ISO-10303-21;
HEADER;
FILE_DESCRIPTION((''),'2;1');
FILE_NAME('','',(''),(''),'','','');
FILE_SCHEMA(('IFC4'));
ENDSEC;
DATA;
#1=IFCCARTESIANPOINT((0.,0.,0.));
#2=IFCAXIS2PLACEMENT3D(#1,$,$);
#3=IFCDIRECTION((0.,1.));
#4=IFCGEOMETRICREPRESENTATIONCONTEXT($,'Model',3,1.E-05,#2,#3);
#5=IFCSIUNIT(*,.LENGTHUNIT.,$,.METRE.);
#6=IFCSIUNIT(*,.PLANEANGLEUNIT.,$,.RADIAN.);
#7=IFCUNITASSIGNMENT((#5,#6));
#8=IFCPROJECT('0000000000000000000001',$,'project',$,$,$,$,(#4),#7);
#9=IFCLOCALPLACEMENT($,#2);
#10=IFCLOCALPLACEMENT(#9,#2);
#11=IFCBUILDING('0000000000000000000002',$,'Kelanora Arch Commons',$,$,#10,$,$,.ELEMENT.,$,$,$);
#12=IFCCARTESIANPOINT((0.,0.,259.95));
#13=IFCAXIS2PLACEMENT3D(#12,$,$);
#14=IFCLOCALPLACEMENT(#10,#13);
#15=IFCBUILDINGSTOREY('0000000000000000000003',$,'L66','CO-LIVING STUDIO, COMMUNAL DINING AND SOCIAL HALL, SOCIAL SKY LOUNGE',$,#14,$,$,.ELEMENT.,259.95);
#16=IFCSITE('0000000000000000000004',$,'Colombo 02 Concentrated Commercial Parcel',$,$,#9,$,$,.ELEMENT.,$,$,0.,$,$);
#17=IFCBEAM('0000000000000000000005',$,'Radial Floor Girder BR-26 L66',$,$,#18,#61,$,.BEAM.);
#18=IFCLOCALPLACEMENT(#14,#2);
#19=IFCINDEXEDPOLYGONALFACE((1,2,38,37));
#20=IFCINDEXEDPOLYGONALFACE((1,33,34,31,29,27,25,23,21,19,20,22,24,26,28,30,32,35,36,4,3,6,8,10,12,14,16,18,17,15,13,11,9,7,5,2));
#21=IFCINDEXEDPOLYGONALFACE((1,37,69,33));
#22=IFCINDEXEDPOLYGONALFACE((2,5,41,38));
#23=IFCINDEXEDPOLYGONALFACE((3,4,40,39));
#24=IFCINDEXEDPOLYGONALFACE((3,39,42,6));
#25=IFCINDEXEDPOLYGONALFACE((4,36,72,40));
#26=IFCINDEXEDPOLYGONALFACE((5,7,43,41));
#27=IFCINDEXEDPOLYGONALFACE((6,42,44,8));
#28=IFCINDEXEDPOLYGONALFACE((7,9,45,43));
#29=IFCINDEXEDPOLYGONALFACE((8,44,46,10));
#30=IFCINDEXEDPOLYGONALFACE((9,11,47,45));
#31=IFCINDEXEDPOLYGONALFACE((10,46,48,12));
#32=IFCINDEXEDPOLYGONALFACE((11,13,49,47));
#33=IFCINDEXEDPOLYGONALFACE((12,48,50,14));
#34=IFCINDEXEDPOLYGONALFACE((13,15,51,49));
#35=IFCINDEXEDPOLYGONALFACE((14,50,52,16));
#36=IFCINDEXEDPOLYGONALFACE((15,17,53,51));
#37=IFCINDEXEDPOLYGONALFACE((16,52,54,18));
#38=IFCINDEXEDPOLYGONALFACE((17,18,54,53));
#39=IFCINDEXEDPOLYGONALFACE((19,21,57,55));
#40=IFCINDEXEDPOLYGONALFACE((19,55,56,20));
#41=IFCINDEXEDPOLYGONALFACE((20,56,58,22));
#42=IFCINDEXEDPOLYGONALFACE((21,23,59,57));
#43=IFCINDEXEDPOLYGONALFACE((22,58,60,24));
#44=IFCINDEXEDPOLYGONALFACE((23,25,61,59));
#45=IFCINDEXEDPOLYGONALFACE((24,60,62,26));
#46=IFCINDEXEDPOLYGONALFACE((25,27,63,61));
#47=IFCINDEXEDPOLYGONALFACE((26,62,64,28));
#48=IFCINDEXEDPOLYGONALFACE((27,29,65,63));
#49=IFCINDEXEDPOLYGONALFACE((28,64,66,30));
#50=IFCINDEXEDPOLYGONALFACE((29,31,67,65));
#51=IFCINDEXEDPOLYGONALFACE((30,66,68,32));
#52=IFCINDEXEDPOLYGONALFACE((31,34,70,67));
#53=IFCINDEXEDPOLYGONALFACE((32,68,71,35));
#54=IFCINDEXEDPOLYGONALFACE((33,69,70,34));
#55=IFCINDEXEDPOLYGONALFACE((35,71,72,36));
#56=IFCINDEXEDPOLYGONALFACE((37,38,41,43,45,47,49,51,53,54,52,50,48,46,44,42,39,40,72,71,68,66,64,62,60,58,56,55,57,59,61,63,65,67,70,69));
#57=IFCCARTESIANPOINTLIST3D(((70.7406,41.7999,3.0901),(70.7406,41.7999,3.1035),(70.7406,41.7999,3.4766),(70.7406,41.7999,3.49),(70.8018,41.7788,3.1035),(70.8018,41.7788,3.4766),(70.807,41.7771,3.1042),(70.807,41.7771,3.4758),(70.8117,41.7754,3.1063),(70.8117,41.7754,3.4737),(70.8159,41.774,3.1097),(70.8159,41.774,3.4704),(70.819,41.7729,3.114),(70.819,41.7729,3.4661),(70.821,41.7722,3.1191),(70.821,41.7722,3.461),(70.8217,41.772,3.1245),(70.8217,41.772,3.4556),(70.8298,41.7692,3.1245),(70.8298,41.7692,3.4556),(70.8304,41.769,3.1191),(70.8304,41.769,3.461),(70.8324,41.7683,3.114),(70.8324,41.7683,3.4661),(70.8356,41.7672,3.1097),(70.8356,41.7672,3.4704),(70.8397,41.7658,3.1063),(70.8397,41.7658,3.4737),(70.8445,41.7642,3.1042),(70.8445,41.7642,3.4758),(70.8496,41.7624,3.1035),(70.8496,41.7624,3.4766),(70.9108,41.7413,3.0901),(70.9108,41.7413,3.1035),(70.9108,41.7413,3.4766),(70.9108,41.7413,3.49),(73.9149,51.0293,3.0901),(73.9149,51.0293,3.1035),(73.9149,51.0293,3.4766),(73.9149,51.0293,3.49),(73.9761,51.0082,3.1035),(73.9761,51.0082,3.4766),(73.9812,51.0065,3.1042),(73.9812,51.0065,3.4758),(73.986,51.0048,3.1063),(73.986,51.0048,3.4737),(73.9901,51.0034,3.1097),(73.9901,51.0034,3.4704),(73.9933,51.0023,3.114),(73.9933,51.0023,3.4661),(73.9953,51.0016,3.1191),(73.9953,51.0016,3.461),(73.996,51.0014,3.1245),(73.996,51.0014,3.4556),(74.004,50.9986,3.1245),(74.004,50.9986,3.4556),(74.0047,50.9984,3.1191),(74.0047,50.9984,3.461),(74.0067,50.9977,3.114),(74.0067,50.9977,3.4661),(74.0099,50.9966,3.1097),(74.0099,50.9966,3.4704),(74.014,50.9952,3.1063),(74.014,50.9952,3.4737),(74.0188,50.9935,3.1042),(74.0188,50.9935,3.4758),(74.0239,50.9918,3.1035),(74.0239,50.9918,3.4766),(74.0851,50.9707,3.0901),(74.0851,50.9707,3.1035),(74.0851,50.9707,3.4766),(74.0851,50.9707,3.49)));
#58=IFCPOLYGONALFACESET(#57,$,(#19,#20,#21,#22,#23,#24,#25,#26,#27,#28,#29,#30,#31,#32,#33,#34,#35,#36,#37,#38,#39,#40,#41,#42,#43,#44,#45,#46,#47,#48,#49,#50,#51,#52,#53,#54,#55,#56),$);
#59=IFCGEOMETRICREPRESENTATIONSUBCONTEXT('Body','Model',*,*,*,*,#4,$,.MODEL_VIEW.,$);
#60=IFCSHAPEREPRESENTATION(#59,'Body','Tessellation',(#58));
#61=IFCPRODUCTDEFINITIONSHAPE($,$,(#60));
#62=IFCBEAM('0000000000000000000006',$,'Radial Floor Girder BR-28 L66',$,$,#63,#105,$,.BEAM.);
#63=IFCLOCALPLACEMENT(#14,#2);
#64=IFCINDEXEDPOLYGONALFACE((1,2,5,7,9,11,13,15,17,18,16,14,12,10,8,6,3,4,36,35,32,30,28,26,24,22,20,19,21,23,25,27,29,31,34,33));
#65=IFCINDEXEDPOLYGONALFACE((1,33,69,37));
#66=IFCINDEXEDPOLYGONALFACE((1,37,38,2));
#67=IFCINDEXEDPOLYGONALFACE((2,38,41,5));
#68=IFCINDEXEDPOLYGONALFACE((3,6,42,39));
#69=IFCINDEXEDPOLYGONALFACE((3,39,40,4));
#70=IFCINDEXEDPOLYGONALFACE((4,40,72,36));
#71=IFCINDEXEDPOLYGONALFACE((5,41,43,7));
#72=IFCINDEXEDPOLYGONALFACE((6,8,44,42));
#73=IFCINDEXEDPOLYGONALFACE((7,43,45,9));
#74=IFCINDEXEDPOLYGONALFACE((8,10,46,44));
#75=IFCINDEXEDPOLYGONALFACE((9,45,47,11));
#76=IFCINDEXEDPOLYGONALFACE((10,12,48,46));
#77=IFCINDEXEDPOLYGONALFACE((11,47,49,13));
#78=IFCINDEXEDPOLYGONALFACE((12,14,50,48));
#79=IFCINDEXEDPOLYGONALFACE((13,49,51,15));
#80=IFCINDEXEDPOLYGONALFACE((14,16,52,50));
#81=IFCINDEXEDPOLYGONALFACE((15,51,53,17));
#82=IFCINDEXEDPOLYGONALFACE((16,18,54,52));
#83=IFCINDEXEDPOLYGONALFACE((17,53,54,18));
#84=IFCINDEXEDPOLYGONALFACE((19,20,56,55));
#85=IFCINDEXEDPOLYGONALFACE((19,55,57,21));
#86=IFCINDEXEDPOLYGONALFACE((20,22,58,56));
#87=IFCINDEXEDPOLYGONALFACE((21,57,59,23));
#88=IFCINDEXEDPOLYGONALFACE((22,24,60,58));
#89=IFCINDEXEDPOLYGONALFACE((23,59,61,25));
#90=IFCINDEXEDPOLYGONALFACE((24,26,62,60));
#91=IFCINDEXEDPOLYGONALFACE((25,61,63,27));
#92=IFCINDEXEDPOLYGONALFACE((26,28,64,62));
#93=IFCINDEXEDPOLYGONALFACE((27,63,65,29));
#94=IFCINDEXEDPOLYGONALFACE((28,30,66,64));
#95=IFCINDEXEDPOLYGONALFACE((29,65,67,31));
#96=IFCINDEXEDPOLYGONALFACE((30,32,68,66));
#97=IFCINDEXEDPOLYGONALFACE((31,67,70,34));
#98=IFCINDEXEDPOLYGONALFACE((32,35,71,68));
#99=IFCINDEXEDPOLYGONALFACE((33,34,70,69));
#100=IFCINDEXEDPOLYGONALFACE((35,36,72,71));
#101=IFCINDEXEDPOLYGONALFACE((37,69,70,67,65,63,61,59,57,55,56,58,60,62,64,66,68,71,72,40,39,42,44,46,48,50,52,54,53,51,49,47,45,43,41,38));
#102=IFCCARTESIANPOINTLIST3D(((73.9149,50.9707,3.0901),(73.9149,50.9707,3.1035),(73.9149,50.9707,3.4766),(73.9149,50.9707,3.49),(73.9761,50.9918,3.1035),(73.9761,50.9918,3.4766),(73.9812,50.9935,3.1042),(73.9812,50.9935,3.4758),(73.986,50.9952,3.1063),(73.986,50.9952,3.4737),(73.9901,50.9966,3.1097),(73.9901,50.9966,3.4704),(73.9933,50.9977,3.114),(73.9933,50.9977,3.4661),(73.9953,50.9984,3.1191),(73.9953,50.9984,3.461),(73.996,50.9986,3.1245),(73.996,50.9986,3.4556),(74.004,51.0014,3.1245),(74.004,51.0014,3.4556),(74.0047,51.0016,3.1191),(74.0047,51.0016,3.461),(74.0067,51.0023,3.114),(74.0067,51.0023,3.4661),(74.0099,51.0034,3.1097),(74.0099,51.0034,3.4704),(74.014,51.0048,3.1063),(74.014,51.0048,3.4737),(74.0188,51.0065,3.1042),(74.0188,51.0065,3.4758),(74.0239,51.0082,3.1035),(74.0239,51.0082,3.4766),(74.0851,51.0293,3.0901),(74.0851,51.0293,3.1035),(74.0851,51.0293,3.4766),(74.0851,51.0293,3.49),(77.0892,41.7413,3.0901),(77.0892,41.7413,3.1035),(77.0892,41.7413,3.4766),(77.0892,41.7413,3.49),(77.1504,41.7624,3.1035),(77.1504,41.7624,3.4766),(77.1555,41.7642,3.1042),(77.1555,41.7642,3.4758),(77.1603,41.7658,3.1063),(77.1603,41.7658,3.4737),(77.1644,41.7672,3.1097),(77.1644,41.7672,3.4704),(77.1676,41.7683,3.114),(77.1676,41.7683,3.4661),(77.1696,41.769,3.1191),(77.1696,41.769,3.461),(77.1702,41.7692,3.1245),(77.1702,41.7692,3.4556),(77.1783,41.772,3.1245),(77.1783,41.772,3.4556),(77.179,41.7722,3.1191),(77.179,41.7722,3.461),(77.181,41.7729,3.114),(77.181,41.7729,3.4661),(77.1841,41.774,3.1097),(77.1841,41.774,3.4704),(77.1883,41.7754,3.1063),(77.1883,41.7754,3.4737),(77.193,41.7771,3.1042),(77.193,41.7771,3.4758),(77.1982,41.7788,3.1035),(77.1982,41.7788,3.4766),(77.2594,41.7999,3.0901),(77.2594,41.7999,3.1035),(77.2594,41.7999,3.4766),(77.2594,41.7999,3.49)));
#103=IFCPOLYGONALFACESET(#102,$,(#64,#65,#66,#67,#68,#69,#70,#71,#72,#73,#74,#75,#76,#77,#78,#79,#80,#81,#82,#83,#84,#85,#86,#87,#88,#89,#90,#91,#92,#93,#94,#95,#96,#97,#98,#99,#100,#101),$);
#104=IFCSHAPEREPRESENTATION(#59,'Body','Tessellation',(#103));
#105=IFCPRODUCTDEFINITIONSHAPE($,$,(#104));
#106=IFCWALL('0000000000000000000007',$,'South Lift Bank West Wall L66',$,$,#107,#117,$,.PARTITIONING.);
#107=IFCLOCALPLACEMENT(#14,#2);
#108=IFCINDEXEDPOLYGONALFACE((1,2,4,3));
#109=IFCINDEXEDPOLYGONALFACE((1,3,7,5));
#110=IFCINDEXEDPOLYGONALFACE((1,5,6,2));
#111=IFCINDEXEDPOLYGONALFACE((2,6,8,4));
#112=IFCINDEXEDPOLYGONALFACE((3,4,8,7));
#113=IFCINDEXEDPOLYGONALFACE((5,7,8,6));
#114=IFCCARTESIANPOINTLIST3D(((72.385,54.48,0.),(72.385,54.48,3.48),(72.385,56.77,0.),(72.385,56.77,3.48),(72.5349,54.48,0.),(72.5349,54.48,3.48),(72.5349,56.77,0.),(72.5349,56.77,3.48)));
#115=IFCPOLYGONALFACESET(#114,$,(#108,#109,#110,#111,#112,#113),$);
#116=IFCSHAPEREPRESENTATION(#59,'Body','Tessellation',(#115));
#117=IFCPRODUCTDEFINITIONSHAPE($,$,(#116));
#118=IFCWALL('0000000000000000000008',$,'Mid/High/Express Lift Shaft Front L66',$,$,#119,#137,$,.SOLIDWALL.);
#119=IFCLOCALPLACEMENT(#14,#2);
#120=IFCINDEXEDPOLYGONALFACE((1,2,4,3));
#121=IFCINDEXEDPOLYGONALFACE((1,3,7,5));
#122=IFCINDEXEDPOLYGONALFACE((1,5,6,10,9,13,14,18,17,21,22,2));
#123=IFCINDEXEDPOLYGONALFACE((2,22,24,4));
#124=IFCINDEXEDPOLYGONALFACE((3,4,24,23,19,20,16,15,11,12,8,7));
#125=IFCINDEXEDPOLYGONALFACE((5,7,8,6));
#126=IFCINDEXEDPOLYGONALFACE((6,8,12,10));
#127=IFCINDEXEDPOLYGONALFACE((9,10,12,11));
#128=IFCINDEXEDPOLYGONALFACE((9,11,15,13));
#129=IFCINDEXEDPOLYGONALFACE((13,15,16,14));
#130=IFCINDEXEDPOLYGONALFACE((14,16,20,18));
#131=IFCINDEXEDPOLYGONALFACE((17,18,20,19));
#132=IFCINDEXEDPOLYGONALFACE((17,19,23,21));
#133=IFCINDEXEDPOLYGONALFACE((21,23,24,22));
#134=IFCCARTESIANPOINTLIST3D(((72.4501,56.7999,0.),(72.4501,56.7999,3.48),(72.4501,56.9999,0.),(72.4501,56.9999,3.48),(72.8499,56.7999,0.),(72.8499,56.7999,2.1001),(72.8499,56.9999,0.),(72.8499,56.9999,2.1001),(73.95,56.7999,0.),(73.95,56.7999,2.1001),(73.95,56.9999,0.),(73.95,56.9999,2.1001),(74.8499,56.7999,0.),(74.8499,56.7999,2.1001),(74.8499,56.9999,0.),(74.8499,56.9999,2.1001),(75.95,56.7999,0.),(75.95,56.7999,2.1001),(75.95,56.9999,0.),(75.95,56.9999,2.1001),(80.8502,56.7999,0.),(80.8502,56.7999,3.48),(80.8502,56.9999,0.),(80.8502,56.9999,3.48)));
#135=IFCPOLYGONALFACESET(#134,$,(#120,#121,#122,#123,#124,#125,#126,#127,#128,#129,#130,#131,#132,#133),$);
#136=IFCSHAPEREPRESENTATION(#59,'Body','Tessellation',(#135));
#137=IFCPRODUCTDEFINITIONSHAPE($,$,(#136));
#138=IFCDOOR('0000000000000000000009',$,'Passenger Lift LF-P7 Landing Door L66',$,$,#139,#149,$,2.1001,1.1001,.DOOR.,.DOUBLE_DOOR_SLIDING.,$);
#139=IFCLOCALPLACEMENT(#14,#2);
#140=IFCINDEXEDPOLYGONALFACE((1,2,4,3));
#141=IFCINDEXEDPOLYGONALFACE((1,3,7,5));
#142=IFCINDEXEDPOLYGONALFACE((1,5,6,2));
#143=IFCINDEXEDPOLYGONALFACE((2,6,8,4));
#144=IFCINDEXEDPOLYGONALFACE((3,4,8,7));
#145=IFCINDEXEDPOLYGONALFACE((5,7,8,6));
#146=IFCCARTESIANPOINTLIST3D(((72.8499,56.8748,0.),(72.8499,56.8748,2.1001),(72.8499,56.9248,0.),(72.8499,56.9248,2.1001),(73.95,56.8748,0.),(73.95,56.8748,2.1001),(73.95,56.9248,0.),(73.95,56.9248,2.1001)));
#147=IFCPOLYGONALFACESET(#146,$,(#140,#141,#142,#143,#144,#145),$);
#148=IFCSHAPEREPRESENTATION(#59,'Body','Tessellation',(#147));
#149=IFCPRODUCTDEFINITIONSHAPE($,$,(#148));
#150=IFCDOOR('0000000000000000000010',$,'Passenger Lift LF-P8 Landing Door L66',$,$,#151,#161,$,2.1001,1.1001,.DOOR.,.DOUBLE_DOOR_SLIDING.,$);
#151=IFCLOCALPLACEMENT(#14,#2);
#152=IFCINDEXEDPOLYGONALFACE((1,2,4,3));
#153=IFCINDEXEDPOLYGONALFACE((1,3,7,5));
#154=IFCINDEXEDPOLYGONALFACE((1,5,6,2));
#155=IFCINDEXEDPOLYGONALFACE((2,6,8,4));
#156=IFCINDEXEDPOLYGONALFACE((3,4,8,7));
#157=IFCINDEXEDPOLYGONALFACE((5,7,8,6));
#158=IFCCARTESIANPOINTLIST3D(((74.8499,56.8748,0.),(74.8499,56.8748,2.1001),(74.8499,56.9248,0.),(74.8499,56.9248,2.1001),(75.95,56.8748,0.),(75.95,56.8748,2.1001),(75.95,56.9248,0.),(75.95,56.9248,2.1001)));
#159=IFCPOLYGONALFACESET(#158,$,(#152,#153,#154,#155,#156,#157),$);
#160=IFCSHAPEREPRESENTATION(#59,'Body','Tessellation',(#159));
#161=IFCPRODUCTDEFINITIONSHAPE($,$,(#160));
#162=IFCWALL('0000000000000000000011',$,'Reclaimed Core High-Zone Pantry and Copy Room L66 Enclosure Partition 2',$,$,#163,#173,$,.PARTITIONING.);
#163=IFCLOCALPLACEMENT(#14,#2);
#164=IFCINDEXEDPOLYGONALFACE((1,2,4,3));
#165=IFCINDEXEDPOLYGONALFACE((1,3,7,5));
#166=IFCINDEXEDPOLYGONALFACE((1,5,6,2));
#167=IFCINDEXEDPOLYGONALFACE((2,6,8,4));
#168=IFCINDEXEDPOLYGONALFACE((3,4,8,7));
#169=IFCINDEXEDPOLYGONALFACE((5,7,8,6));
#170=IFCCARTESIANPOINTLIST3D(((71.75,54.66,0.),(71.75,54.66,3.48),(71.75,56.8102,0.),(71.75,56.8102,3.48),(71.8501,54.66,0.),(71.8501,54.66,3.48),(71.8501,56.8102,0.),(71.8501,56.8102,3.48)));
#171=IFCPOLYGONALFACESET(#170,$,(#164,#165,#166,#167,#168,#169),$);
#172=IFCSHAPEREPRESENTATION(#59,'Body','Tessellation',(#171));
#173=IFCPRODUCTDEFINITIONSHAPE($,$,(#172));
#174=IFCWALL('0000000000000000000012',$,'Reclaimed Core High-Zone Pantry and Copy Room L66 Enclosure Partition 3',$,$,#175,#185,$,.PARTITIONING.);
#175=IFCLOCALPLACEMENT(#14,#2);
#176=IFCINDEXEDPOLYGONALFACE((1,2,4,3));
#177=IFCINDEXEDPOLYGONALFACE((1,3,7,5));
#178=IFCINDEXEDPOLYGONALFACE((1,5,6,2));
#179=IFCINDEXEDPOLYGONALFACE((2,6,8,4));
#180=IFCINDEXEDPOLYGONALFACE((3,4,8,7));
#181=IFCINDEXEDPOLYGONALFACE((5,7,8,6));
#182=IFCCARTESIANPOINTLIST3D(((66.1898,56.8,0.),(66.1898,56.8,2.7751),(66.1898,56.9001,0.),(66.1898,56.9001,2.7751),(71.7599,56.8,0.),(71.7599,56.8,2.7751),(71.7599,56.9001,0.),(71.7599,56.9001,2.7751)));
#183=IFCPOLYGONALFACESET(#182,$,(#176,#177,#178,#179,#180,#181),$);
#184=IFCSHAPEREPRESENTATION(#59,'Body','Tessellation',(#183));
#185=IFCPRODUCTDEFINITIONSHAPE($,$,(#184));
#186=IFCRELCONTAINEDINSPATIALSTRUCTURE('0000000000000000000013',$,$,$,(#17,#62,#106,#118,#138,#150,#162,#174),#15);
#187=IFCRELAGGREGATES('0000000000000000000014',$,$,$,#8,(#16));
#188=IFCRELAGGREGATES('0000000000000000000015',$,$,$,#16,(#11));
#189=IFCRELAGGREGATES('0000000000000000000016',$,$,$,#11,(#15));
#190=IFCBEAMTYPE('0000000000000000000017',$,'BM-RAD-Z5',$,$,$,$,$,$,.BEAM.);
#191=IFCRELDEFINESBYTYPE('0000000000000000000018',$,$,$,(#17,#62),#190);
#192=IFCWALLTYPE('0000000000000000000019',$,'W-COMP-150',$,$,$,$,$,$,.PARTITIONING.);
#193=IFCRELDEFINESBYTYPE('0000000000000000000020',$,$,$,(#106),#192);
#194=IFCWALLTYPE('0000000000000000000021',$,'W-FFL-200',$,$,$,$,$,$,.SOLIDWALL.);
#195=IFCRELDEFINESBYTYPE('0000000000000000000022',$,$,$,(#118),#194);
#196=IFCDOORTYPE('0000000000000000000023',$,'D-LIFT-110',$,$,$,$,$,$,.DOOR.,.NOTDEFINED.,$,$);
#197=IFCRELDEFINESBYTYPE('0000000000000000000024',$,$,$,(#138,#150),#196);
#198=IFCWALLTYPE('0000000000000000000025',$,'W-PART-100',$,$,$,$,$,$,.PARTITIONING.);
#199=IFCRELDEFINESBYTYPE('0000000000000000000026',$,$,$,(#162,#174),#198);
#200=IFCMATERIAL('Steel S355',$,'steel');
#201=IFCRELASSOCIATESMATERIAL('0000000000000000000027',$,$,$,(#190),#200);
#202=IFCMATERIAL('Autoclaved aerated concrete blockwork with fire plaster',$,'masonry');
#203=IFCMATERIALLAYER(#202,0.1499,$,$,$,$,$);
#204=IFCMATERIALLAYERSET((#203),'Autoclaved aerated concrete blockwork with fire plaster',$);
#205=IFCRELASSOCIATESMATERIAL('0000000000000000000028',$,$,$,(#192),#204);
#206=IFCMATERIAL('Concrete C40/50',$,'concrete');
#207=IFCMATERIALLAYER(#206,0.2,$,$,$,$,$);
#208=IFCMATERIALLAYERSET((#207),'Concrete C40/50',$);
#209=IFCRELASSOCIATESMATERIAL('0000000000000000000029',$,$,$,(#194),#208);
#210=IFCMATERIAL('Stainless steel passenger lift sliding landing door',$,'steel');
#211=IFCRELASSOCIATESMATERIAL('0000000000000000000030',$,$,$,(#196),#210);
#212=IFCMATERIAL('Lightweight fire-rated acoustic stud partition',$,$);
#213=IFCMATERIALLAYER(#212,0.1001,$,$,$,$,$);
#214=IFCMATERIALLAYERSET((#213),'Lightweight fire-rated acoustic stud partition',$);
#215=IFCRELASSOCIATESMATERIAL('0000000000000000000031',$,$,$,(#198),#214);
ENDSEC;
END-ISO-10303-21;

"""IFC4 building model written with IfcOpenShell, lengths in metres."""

from ifc_helpers import new_model, si_unit, direction, frame, frame_2d, origin, origin_2d, place, context, subcontext, project, spatial, rectangle, i_section, extrude, material, layer, layer_set, material_profile, profile_set, type_object, element, fill, save


model = new_model("IFC4")

# Units and contexts
model_context = context("Model", 3, precision=1e-05, world=origin(), true_north=direction((0.0, 1.0)))
body_context = subcontext(model_context, "Body", "Model", "MODEL_VIEW")
ifc_project = project(units=[si_unit("LENGTHUNIT", "METRE"), si_unit("PLANEANGLEUNIT", "RADIAN")], contexts=[model_context])

# Site, building, storey
site_placement = place(None, origin())
site = spatial("IfcSite", under=ifc_project, at=site_placement, Name="Colombo 02 Concentrated Commercial Parcel", CompositionType="ELEMENT", RefElevation=0.0)
building_placement = place(site_placement, origin())
building = spatial("IfcBuilding", under=site, at=building_placement, Name="Kelanora Arch Commons", CompositionType="ELEMENT")
storey_placement = place(building_placement, frame((0.0, 0.0, 259.95)))
storey = spatial("IfcBuildingStorey", under=building, at=storey_placement, Name="L66", Description="CO-LIVING STUDIO, COMMUNAL DINING AND SOCIAL HALL, SOCIAL SKY LOUNGE", CompositionType="ELEMENT", Elevation=259.95)

# Beams
ifc_material_1 = material(Name="Steel S355", Category="steel")
ifc_material_profile_1 = material_profile(ifc_material_1, i_section(OverallWidth=0.1799, OverallDepth=0.3999, WebThickness=0.0085, FlangeThickness=0.0134, FilletRadius=0.021, at=origin_2d()), Name="IPE400")
ifc_profile_set_1 = profile_set([ifc_material_profile_1], Name="Steel S355")
beam_type_1 = type_object("IfcBeamType", Name="BM-RAD-Z5", PredefinedType="BEAM", material=ifc_profile_set_1)
for number, where, z_axis, x_axis, name in (
    (1, (74.0, 51.0, 3.29), (-0.325234, -0.945634, 0.0), (0.945634, -0.325234, 0.0), "Radial Floor Girder BR-26 L66"),
    (2, (74.0, 51.0, 3.29), (0.325234, -0.945634, 0.0), (0.945634, 0.325234, 0.0), "Radial Floor Girder BR-28 L66"),
):
    element("IfcBeam", number, at=place(storey_placement, frame(where, z_axis=z_axis, x_axis=x_axis)), inside=storey, type_object=beam_type_1, Name=name, PredefinedType="BEAM", context=body_context, shape_type="SweptSolid", body=[
        extrude(i_section(OverallWidth=0.1799, OverallDepth=0.3999, WebThickness=0.0085, FlangeThickness=0.0134, FilletRadius=0.021, at=origin_2d()), origin(), (0.0, 0.0, 1.0), 9.76),
    ])

# Wall
ifc_material_2 = material(Name="Autoclaved aerated concrete blockwork with fire plaster", Category="masonry")
ifc_layer_1 = layer(ifc_material_2, 0.1499)
ifc_layer_set_1 = layer_set([ifc_layer_1], Name="Autoclaved aerated concrete blockwork with fire plaster")
wall_type_1 = type_object("IfcWallType", Name="W-COMP-150", PredefinedType="PARTITIONING", material=ifc_layer_set_1)
wall_1_placement = place(storey_placement, frame((72.46, 54.48, 0.0), z_axis=(0.0, 0.0, 1.0), x_axis=(0.0, 1.0, 0.0)))
element("IfcWall", 3, at=wall_1_placement, inside=storey, type_object=wall_type_1, Name="South Lift Bank West Wall L66", PredefinedType="PARTITIONING", context=body_context, shape_type="SweptSolid", body=[
    extrude(rectangle(XDim=2.29, YDim=0.1499, at=frame_2d((1.145, 0.0))), origin(), (0.0, 0.0, 1.0), 3.48),
])

# Wall, openings, doors
ifc_material_3 = material(Name="Concrete C40/50", Category="concrete")
ifc_layer_2 = layer(ifc_material_3, 0.2)
ifc_layer_set_2 = layer_set([ifc_layer_2], Name="Concrete C40/50")
wall_type_2 = type_object("IfcWallType", Name="W-FFL-200", PredefinedType="SOLIDWALL", material=ifc_layer_set_2)
wall_2_placement = place(storey_placement, frame((72.45, 56.8999, 0.0), z_axis=(0.0, 0.0, 1.0), x_axis=(1.0, 0.0, 0.0)))
wall_2 = element("IfcWall", 4, at=wall_2_placement, inside=storey, type_object=wall_type_2, Name="Mid/High/Express Lift Shaft Front L66", PredefinedType="SOLIDWALL", context=body_context, shape_type="SweptSolid", body=[
    extrude(rectangle(XDim=8.4001, YDim=0.2, at=frame_2d((4.2002, 0.0))), origin(), (0.0, 0.0, 1.0), 3.48),
])
opening_1_placement = place(wall_2_placement, frame((0.3999, 0.0, 0.0)))
opening_1 = element("IfcOpeningElement", 5, at=opening_1_placement, cuts=wall_2, PredefinedType="OPENING", context=body_context, shape_type="SweptSolid", body=[
    extrude(rectangle(XDim=1.1001, YDim=2.1001, at=frame_2d((0.55, 1.05))), frame((0.0, 0.1099, 0.0), z_axis=(0.0, -1.0, 0.0), x_axis=(1.0, 0.0, 0.0)), (0.0, 0.0, 1.0), 0.22),
])
opening_2_placement = place(wall_2_placement, frame((2.3999, 0.0, 0.0)))
opening_2 = element("IfcOpeningElement", 6, at=opening_2_placement, cuts=wall_2, PredefinedType="OPENING", context=body_context, shape_type="SweptSolid", body=[
    extrude(rectangle(XDim=1.1001, YDim=2.1001, at=frame_2d((0.55, 1.05))), frame((0.0, 0.1099, 0.0), z_axis=(0.0, -1.0, 0.0), x_axis=(1.0, 0.0, 0.0)), (0.0, 0.0, 1.0), 0.22),
])
ifc_material_4 = material(Name="Stainless steel passenger lift sliding landing door", Category="steel")
door_type_1 = type_object("IfcDoorType", Name="D-LIFT-110", OperationType="NOTDEFINED", PredefinedType="DOOR", material=ifc_material_4)
door_1_placement = place(opening_1_placement, origin())
door_1 = element("IfcDoor", 7, at=door_1_placement, inside=storey, type_object=door_type_1, Name="Passenger Lift LF-P7 Landing Door L66", OperationType="DOUBLE_DOOR_SLIDING", OverallHeight=2.1001, OverallWidth=1.1001, PredefinedType="DOOR", context=body_context, shape_type="SweptSolid", body=[
    extrude(rectangle(XDim=1.1001, YDim=2.1001, at=frame_2d((0.55, 1.05))), frame((0.0, 0.0249, 0.0), z_axis=(0.0, -1.0, 0.0), x_axis=(1.0, 0.0, 0.0)), (0.0, 0.0, 1.0), 0.05),
])
fill(opening_1, door_1)
door_2_placement = place(opening_2_placement, origin())
door_2 = element("IfcDoor", 8, at=door_2_placement, inside=storey, type_object=door_type_1, Name="Passenger Lift LF-P8 Landing Door L66", OperationType="DOUBLE_DOOR_SLIDING", OverallHeight=2.1001, OverallWidth=1.1001, PredefinedType="DOOR", context=body_context, shape_type="SweptSolid", body=[
    extrude(rectangle(XDim=1.1001, YDim=2.1001, at=frame_2d((0.55, 1.05))), frame((0.0, 0.0249, 0.0), z_axis=(0.0, -1.0, 0.0), x_axis=(1.0, 0.0, 0.0)), (0.0, 0.0, 1.0), 0.05),
])
fill(opening_2, door_2)

# Walls
ifc_material_5 = material(Name="Lightweight fire-rated acoustic stud partition")
ifc_layer_3 = layer(ifc_material_5, 0.1001)
ifc_layer_set_3 = layer_set([ifc_layer_3], Name="Lightweight fire-rated acoustic stud partition")
wall_type_3 = type_object("IfcWallType", Name="W-PART-100", PredefinedType="PARTITIONING", material=ifc_layer_set_3)
wall_3_placement = place(storey_placement, frame((71.8, 54.6599, 0.0), z_axis=(0.0, 0.0, 1.0), x_axis=(0.0, 1.0, 0.0)))
element("IfcWall", 9, at=wall_3_placement, inside=storey, type_object=wall_type_3, Name="Reclaimed Core High-Zone Pantry and Copy Room L66 Enclosure Partition 2", PredefinedType="PARTITIONING", context=body_context, shape_type="SweptSolid", body=[
    extrude(rectangle(XDim=2.1501, YDim=0.1001, at=frame_2d((1.0752, 0.0))), origin(), (0.0, 0.0, 1.0), 3.48),
])
wall_4_placement = place(storey_placement, frame((71.76, 56.8501, 0.0), z_axis=(0.0, 0.0, 1.0), x_axis=(-1.0, 0.0, 0.0)))
element("IfcWall", 10, at=wall_4_placement, inside=storey, type_object=wall_type_3, Name="Reclaimed Core High-Zone Pantry and Copy Room L66 Enclosure Partition 3", PredefinedType="PARTITIONING", context=body_context, shape_type="SweptSolid", body=[
    extrude(rectangle(XDim=5.5701, YDim=0.1001, at=frame_2d((2.7852, 0.0))), origin(), (0.0, 0.0, 1.0), 2.7751),
])

save(model, "model.ifc")
